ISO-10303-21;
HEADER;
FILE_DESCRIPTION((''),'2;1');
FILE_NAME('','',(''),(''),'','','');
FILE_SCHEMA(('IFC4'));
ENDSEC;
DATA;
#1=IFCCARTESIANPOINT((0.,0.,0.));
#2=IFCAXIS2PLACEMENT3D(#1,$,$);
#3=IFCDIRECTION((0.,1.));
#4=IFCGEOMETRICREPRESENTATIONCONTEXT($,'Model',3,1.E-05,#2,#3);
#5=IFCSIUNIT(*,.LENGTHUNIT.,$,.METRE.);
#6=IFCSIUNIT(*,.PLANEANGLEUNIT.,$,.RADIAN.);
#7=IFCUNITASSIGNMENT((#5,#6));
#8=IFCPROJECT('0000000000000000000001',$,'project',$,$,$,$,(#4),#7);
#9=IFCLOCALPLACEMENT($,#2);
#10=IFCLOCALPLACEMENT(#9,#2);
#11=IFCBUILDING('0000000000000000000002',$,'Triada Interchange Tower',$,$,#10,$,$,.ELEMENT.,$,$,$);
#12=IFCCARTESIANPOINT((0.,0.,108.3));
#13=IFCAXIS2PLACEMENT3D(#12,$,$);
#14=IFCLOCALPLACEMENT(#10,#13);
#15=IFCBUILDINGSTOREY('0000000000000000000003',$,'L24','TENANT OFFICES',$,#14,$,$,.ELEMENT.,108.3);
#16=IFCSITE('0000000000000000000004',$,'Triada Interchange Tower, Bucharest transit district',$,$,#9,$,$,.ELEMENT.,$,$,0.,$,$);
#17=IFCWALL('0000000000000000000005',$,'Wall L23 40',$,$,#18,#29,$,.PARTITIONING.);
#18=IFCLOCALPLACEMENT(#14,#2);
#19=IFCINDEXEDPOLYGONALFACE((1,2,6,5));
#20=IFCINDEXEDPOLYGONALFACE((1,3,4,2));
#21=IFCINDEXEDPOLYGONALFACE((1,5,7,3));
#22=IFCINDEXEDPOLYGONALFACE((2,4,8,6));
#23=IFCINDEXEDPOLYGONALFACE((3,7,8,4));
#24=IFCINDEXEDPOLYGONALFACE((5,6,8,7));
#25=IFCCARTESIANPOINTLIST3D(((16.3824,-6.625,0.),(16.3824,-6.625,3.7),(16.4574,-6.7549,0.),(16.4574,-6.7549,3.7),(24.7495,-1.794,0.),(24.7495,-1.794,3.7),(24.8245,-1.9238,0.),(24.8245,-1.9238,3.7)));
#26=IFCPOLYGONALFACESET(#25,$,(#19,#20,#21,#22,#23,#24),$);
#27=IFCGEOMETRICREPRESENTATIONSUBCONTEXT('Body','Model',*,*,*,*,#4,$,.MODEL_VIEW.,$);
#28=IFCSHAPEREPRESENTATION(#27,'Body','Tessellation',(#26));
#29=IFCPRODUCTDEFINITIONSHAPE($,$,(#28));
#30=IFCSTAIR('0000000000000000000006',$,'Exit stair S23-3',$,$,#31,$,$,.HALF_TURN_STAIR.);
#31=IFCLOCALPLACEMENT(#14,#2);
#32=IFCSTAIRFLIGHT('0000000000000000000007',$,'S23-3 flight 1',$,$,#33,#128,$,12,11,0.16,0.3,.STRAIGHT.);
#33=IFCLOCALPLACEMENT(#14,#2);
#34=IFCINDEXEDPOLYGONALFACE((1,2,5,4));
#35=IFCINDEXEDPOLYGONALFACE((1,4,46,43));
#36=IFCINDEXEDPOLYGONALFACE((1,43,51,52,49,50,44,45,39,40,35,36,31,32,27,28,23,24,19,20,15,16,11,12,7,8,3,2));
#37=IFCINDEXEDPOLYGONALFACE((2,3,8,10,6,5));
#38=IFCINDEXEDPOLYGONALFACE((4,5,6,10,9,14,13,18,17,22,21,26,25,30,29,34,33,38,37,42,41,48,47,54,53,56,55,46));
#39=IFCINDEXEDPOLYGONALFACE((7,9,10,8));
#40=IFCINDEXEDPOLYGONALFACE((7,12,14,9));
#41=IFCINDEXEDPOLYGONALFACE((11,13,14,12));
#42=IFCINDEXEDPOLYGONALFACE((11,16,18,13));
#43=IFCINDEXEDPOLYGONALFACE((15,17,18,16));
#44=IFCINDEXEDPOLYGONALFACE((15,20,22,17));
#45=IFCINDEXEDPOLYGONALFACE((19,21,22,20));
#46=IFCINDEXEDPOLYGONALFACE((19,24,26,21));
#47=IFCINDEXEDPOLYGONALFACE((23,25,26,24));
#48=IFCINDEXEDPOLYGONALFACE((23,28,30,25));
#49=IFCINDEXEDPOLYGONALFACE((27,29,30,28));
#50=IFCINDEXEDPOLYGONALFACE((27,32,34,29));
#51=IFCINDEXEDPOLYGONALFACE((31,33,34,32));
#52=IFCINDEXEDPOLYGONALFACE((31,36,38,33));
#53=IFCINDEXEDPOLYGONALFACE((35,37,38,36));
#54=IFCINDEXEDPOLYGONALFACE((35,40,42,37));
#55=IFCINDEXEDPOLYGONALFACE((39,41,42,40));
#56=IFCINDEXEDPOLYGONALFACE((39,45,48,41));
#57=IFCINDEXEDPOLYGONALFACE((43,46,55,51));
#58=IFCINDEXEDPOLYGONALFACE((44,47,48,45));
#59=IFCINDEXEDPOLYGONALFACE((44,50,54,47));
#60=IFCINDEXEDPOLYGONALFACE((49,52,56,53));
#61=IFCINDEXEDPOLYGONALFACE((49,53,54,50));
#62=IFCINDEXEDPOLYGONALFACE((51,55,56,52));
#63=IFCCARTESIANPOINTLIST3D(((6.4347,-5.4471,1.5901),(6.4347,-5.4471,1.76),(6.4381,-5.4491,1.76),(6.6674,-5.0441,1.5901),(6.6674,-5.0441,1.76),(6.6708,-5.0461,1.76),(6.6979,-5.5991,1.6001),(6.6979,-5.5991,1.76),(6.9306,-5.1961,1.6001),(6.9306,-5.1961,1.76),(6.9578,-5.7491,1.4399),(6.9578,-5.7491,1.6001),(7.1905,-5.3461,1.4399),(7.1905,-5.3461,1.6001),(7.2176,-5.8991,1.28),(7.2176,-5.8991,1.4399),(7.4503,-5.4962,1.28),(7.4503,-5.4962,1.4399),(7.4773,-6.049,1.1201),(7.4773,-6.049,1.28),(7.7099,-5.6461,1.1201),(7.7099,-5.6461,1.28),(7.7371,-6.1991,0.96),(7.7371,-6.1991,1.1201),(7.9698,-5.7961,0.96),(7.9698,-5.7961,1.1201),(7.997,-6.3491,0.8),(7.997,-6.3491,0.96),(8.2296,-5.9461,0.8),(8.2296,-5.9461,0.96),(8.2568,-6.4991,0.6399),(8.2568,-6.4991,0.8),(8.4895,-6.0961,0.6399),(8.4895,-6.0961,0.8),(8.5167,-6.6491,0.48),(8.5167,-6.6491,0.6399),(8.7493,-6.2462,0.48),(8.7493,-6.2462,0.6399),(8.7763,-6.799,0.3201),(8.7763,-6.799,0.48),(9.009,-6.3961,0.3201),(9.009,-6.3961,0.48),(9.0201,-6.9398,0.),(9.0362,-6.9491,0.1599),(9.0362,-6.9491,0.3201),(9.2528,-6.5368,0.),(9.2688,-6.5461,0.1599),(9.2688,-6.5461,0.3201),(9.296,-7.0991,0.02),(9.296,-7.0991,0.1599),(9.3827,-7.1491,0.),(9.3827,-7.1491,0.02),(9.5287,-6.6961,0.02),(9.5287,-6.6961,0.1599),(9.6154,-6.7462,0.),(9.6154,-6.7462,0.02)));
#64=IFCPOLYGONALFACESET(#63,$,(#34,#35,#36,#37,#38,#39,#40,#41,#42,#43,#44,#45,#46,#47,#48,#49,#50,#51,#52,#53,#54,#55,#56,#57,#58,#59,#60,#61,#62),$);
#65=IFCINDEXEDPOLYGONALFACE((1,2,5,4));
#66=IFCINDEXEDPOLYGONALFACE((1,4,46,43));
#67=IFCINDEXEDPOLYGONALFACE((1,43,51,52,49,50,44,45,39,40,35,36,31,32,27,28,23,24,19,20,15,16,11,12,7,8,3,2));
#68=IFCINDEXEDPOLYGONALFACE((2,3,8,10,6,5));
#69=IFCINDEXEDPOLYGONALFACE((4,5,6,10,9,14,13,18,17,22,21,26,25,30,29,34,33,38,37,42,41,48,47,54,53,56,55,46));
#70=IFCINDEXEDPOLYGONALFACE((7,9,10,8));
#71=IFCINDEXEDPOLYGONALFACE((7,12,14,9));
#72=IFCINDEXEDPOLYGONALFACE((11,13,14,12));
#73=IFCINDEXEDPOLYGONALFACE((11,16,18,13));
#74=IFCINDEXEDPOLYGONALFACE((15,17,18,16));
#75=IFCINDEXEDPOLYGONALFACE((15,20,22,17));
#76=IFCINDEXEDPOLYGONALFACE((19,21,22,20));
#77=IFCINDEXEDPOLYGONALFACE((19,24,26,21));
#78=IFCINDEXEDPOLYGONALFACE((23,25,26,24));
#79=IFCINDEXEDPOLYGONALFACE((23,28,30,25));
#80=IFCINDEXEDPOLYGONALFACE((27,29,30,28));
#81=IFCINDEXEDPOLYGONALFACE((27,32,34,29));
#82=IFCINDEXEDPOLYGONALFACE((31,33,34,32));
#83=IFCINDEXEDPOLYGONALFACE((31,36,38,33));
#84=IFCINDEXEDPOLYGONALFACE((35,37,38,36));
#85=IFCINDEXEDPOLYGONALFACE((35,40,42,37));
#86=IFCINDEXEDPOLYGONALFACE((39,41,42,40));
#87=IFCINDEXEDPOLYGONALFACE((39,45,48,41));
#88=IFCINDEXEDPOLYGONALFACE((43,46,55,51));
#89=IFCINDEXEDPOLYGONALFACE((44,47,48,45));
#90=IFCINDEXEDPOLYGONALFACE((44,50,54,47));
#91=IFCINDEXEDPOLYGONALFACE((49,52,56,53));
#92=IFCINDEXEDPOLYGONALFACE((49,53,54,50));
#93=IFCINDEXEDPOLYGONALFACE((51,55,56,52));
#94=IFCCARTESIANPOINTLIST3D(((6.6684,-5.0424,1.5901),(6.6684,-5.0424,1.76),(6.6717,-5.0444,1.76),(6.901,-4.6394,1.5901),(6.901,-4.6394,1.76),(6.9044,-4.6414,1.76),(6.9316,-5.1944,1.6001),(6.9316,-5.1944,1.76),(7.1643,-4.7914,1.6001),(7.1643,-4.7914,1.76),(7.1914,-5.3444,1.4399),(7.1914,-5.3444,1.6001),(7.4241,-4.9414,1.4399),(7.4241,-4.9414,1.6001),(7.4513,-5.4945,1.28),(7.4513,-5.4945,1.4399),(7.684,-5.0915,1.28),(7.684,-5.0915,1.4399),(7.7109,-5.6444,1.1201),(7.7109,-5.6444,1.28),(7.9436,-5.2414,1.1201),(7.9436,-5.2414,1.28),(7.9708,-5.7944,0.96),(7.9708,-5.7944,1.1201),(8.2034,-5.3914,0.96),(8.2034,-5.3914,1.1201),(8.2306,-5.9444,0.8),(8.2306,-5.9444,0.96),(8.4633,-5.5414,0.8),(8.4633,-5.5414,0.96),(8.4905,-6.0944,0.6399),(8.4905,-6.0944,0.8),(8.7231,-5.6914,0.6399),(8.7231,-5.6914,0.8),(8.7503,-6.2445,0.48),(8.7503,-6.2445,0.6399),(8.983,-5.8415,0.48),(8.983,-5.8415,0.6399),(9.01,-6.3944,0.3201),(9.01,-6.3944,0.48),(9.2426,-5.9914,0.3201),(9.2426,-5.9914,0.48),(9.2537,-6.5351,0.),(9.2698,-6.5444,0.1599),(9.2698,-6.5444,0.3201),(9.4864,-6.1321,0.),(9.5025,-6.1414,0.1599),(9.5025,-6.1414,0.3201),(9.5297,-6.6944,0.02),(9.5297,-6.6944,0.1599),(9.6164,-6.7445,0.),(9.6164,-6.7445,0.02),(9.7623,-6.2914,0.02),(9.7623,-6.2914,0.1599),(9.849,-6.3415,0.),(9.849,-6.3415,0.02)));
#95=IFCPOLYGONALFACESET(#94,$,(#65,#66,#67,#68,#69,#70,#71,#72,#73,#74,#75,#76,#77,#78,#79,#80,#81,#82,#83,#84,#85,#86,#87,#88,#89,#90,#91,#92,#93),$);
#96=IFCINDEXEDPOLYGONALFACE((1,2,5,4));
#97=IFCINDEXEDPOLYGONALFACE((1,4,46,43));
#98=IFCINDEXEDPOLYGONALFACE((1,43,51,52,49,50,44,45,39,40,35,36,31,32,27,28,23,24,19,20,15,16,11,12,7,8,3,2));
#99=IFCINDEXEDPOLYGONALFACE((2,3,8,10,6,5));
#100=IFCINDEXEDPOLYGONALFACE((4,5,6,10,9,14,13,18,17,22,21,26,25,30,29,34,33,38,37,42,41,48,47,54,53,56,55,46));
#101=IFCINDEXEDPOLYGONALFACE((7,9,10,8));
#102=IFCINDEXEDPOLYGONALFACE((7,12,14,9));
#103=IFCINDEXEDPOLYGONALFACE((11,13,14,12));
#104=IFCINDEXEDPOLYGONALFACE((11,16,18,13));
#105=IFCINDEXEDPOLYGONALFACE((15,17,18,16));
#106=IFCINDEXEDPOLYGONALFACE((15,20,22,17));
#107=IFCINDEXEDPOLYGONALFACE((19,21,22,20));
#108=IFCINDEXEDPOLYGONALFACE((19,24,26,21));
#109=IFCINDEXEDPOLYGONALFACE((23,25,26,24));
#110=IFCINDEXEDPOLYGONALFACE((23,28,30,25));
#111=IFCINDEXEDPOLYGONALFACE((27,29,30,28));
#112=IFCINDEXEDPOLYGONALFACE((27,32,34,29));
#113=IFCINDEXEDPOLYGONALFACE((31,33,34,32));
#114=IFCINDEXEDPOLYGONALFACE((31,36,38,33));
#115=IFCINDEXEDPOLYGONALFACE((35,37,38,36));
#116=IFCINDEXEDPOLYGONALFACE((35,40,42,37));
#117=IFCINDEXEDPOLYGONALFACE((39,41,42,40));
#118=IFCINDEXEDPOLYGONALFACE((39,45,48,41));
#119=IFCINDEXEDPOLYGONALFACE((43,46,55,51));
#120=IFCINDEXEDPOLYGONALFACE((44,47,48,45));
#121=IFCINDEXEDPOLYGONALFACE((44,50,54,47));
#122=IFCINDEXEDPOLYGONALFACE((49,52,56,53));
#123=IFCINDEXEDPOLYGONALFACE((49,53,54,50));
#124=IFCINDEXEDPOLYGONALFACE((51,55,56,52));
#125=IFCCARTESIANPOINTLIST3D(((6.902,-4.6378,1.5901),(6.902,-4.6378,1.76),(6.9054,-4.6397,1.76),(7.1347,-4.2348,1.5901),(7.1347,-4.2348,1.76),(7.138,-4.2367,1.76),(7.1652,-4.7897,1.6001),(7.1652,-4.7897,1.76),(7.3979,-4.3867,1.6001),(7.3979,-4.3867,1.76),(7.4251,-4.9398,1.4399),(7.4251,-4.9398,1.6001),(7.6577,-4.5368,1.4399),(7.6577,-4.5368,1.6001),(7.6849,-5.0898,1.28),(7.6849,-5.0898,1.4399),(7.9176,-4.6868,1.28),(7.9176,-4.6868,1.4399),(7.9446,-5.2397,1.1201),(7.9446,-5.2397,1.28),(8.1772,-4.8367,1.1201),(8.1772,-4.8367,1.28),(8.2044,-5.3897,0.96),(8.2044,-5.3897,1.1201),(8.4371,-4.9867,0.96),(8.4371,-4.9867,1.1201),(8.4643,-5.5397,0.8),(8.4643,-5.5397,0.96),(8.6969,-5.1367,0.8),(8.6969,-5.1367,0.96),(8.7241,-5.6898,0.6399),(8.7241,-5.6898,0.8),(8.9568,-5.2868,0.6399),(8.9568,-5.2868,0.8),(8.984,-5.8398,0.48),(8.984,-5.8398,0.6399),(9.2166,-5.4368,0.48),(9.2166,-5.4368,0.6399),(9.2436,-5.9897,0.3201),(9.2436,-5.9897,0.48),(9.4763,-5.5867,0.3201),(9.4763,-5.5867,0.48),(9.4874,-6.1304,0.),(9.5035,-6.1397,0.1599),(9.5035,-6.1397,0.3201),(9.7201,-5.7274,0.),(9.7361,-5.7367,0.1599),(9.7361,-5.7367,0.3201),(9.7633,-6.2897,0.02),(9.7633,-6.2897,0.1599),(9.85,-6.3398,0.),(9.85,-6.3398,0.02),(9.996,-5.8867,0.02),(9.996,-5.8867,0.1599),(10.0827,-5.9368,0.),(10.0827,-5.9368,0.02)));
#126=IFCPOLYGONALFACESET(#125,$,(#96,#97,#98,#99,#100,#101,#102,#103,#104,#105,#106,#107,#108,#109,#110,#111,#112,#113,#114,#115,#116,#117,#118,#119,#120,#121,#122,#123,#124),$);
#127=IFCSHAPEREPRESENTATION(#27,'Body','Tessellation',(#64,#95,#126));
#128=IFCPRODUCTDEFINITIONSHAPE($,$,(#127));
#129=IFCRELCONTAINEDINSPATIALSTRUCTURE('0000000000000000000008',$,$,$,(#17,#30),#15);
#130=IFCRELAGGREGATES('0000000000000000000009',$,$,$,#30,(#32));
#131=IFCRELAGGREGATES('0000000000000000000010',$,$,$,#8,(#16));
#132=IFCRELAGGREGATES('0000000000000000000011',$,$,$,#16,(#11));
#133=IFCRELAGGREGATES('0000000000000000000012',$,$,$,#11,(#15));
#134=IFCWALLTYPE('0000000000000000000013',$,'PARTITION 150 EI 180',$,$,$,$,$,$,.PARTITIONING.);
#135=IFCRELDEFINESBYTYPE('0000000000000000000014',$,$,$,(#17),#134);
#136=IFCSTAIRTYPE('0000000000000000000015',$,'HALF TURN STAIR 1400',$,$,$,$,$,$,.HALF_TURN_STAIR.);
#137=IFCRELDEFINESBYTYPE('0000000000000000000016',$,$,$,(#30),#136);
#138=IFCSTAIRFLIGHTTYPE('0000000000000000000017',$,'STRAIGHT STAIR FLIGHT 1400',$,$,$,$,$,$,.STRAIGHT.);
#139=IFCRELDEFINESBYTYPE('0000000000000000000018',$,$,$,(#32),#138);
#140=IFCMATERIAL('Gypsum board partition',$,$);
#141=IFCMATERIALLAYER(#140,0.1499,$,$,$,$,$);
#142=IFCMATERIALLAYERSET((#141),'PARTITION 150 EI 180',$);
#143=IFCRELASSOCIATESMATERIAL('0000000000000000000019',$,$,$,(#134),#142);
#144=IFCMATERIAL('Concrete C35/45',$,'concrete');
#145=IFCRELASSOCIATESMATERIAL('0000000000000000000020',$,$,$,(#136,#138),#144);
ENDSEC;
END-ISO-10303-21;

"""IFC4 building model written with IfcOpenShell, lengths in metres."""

from ifc_helpers import new_model, si_unit, direction, frame, frame_2d, origin, place, context, subcontext, project, spatial, polyline, rectangle, outline, extrude, material, layer, layer_set, type_object, element, aggregate, save


model = new_model("IFC4")

# Units and contexts
model_context = context("Model", 3, precision=1e-05, world=origin(), true_north=direction((0.0, 1.0)))
body_context = subcontext(model_context, "Body", "Model", "MODEL_VIEW")
ifc_project = project(units=[si_unit("LENGTHUNIT", "METRE"), si_unit("PLANEANGLEUNIT", "RADIAN")], contexts=[model_context])

# Site, building, storey
site_placement = place(None, origin())
site = spatial("IfcSite", under=ifc_project, at=site_placement, Name="Triada Interchange Tower, Bucharest transit district", CompositionType="ELEMENT", RefElevation=0.0)
building_placement = place(site_placement, origin())
building = spatial("IfcBuilding", under=site, at=building_placement, Name="Triada Interchange Tower", CompositionType="ELEMENT")
storey_placement = place(building_placement, frame((0.0, 0.0, 108.3)))
storey = spatial("IfcBuildingStorey", under=building, at=storey_placement, Name="L24", Description="TENANT OFFICES", CompositionType="ELEMENT", Elevation=108.3)

# Wall
ifc_material_1 = material(Name="Gypsum board partition")
ifc_layer_1 = layer(ifc_material_1, 0.1499)
ifc_layer_set_1 = layer_set([ifc_layer_1], Name="PARTITION 150 EI 180")
wall_type_1 = type_object("IfcWallType", Name="PARTITION 150 EI 180", PredefinedType="PARTITIONING", material=ifc_layer_set_1)
wall_1_placement = place(storey_placement, frame((16.4199, -6.6899, 0.0), z_axis=(0.0, 0.0, 1.0), x_axis=(0.866014, 0.50002, 0.0)))
element("IfcWall", 1, at=wall_1_placement, inside=storey, type_object=wall_type_1, Name="Wall L23 40", PredefinedType="PARTITIONING", context=body_context, shape_type="SweptSolid", body=[
    extrude(rectangle(XDim=9.6616, YDim=0.1499, at=frame_2d((4.8308, 0.0))), origin(), (0.0, 0.0, 1.0), 3.7),
])

# Stair, stair flight
ifc_material_2 = material(Name="Concrete C35/45", Category="concrete")
stair_type = type_object("IfcStairType", Name="HALF TURN STAIR 1400", PredefinedType="HALF_TURN_STAIR", material=ifc_material_2)
stair_placement = place(storey_placement, origin())
stair = element("IfcStair", 2, at=stair_placement, inside=storey, type_object=stair_type, Name="Exit stair S23-3", PredefinedType="HALF_TURN_STAIR")
stair_flight_type = type_object("IfcStairFlightType", Name="STRAIGHT STAIR FLIGHT 1400", PredefinedType="STRAIGHT", material=ifc_material_2)
stair_flight_1_placement = place(storey_placement, frame((9.646, -6.4929, 0.0), z_axis=(0.0, 0.0, 1.0), x_axis=(-0.866025, 0.5, 0.0)))
stair_flight_1 = element("IfcStairFlight", 3, at=stair_flight_1_placement, type_object=stair_flight_type, Name="S23-3 flight 1", NumberOfRisers=12, NumberOfTreads=11, PredefinedType="STRAIGHT", RiserHeight=0.16, TreadLength=0.3, context=body_context, shape_type="SweptSolid", body=[
    extrude(outline(polyline([(-0.1001, 0.0), (-0.1001, 0.02), (0.0, 0.02), (0.0, 0.1599), (0.3, 0.1599), (0.3, 0.3201), (0.6001, 0.3201), (0.6001, 0.48), (0.8999, 0.48), (0.8999, 0.6399), (1.2, 0.6399), (1.2, 0.8), (1.5, 0.8), (1.5, 0.96), (1.8, 0.96), (1.8, 1.1201), (2.1001, 1.1201), (2.1001, 1.28), (2.3999, 1.28), (2.3999, 1.4399), (2.7, 1.4399), (2.7, 1.6001), (3.0, 1.6001), (3.0, 1.76), (3.3, 1.76), (3.304, 1.76), (3.304, 1.9199), (3.304, 1.5901), (0.3186, 0.0), (-0.1001, 0.0)])), frame((0.0, 0.7, 0.0), z_axis=(0.0, -1.0, 0.0), x_axis=(1.0, 0.0, 0.0)), (0.0, 0.0, 1.0), 0.4653),
    extrude(outline(polyline([(-0.1001, 0.0), (-0.1001, 0.02), (0.0, 0.02), (0.0, 0.1599), (0.3, 0.1599), (0.3, 0.3201), (0.6001, 0.3201), (0.6001, 0.48), (0.8999, 0.48), (0.8999, 0.6399), (1.2, 0.6399), (1.2, 0.8), (1.5, 0.8), (1.5, 0.96), (1.8, 0.96), (1.8, 1.1201), (2.1001, 1.1201), (2.1001, 1.28), (2.3999, 1.28), (2.3999, 1.4399), (2.7, 1.4399), (2.7, 1.6001), (3.0, 1.6001), (3.0, 1.76), (3.3, 1.76), (3.304, 1.76), (3.304, 1.9199), (3.304, 1.5901), (0.3186, 0.0), (-0.1001, 0.0)])), frame((0.0, 0.2327, 0.0), z_axis=(0.0, -1.0, 0.0), x_axis=(1.0, 0.0, 0.0)), (0.0, 0.0, 1.0), 0.4653),
    extrude(outline(polyline([(-0.1001, 0.0), (-0.1001, 0.02), (0.0, 0.02), (0.0, 0.1599), (0.3, 0.1599), (0.3, 0.3201), (0.6001, 0.3201), (0.6001, 0.48), (0.8999, 0.48), (0.8999, 0.6399), (1.2, 0.6399), (1.2, 0.8), (1.5, 0.8), (1.5, 0.96), (1.8, 0.96), (1.8, 1.1201), (2.1001, 1.1201), (2.1001, 1.28), (2.3999, 1.28), (2.3999, 1.4399), (2.7, 1.4399), (2.7, 1.6001), (3.0, 1.6001), (3.0, 1.76), (3.3, 1.76), (3.304, 1.76), (3.304, 1.9199), (3.304, 1.5901), (0.3186, 0.0), (-0.1001, 0.0)])), frame((0.0, -0.2346, 0.0), z_axis=(0.0, -1.0, 0.0), x_axis=(1.0, 0.0, 0.0)), (0.0, 0.0, 1.0), 0.4653),
])
aggregate(stair, [stair_flight_1])

save(model, "model.ifc")
